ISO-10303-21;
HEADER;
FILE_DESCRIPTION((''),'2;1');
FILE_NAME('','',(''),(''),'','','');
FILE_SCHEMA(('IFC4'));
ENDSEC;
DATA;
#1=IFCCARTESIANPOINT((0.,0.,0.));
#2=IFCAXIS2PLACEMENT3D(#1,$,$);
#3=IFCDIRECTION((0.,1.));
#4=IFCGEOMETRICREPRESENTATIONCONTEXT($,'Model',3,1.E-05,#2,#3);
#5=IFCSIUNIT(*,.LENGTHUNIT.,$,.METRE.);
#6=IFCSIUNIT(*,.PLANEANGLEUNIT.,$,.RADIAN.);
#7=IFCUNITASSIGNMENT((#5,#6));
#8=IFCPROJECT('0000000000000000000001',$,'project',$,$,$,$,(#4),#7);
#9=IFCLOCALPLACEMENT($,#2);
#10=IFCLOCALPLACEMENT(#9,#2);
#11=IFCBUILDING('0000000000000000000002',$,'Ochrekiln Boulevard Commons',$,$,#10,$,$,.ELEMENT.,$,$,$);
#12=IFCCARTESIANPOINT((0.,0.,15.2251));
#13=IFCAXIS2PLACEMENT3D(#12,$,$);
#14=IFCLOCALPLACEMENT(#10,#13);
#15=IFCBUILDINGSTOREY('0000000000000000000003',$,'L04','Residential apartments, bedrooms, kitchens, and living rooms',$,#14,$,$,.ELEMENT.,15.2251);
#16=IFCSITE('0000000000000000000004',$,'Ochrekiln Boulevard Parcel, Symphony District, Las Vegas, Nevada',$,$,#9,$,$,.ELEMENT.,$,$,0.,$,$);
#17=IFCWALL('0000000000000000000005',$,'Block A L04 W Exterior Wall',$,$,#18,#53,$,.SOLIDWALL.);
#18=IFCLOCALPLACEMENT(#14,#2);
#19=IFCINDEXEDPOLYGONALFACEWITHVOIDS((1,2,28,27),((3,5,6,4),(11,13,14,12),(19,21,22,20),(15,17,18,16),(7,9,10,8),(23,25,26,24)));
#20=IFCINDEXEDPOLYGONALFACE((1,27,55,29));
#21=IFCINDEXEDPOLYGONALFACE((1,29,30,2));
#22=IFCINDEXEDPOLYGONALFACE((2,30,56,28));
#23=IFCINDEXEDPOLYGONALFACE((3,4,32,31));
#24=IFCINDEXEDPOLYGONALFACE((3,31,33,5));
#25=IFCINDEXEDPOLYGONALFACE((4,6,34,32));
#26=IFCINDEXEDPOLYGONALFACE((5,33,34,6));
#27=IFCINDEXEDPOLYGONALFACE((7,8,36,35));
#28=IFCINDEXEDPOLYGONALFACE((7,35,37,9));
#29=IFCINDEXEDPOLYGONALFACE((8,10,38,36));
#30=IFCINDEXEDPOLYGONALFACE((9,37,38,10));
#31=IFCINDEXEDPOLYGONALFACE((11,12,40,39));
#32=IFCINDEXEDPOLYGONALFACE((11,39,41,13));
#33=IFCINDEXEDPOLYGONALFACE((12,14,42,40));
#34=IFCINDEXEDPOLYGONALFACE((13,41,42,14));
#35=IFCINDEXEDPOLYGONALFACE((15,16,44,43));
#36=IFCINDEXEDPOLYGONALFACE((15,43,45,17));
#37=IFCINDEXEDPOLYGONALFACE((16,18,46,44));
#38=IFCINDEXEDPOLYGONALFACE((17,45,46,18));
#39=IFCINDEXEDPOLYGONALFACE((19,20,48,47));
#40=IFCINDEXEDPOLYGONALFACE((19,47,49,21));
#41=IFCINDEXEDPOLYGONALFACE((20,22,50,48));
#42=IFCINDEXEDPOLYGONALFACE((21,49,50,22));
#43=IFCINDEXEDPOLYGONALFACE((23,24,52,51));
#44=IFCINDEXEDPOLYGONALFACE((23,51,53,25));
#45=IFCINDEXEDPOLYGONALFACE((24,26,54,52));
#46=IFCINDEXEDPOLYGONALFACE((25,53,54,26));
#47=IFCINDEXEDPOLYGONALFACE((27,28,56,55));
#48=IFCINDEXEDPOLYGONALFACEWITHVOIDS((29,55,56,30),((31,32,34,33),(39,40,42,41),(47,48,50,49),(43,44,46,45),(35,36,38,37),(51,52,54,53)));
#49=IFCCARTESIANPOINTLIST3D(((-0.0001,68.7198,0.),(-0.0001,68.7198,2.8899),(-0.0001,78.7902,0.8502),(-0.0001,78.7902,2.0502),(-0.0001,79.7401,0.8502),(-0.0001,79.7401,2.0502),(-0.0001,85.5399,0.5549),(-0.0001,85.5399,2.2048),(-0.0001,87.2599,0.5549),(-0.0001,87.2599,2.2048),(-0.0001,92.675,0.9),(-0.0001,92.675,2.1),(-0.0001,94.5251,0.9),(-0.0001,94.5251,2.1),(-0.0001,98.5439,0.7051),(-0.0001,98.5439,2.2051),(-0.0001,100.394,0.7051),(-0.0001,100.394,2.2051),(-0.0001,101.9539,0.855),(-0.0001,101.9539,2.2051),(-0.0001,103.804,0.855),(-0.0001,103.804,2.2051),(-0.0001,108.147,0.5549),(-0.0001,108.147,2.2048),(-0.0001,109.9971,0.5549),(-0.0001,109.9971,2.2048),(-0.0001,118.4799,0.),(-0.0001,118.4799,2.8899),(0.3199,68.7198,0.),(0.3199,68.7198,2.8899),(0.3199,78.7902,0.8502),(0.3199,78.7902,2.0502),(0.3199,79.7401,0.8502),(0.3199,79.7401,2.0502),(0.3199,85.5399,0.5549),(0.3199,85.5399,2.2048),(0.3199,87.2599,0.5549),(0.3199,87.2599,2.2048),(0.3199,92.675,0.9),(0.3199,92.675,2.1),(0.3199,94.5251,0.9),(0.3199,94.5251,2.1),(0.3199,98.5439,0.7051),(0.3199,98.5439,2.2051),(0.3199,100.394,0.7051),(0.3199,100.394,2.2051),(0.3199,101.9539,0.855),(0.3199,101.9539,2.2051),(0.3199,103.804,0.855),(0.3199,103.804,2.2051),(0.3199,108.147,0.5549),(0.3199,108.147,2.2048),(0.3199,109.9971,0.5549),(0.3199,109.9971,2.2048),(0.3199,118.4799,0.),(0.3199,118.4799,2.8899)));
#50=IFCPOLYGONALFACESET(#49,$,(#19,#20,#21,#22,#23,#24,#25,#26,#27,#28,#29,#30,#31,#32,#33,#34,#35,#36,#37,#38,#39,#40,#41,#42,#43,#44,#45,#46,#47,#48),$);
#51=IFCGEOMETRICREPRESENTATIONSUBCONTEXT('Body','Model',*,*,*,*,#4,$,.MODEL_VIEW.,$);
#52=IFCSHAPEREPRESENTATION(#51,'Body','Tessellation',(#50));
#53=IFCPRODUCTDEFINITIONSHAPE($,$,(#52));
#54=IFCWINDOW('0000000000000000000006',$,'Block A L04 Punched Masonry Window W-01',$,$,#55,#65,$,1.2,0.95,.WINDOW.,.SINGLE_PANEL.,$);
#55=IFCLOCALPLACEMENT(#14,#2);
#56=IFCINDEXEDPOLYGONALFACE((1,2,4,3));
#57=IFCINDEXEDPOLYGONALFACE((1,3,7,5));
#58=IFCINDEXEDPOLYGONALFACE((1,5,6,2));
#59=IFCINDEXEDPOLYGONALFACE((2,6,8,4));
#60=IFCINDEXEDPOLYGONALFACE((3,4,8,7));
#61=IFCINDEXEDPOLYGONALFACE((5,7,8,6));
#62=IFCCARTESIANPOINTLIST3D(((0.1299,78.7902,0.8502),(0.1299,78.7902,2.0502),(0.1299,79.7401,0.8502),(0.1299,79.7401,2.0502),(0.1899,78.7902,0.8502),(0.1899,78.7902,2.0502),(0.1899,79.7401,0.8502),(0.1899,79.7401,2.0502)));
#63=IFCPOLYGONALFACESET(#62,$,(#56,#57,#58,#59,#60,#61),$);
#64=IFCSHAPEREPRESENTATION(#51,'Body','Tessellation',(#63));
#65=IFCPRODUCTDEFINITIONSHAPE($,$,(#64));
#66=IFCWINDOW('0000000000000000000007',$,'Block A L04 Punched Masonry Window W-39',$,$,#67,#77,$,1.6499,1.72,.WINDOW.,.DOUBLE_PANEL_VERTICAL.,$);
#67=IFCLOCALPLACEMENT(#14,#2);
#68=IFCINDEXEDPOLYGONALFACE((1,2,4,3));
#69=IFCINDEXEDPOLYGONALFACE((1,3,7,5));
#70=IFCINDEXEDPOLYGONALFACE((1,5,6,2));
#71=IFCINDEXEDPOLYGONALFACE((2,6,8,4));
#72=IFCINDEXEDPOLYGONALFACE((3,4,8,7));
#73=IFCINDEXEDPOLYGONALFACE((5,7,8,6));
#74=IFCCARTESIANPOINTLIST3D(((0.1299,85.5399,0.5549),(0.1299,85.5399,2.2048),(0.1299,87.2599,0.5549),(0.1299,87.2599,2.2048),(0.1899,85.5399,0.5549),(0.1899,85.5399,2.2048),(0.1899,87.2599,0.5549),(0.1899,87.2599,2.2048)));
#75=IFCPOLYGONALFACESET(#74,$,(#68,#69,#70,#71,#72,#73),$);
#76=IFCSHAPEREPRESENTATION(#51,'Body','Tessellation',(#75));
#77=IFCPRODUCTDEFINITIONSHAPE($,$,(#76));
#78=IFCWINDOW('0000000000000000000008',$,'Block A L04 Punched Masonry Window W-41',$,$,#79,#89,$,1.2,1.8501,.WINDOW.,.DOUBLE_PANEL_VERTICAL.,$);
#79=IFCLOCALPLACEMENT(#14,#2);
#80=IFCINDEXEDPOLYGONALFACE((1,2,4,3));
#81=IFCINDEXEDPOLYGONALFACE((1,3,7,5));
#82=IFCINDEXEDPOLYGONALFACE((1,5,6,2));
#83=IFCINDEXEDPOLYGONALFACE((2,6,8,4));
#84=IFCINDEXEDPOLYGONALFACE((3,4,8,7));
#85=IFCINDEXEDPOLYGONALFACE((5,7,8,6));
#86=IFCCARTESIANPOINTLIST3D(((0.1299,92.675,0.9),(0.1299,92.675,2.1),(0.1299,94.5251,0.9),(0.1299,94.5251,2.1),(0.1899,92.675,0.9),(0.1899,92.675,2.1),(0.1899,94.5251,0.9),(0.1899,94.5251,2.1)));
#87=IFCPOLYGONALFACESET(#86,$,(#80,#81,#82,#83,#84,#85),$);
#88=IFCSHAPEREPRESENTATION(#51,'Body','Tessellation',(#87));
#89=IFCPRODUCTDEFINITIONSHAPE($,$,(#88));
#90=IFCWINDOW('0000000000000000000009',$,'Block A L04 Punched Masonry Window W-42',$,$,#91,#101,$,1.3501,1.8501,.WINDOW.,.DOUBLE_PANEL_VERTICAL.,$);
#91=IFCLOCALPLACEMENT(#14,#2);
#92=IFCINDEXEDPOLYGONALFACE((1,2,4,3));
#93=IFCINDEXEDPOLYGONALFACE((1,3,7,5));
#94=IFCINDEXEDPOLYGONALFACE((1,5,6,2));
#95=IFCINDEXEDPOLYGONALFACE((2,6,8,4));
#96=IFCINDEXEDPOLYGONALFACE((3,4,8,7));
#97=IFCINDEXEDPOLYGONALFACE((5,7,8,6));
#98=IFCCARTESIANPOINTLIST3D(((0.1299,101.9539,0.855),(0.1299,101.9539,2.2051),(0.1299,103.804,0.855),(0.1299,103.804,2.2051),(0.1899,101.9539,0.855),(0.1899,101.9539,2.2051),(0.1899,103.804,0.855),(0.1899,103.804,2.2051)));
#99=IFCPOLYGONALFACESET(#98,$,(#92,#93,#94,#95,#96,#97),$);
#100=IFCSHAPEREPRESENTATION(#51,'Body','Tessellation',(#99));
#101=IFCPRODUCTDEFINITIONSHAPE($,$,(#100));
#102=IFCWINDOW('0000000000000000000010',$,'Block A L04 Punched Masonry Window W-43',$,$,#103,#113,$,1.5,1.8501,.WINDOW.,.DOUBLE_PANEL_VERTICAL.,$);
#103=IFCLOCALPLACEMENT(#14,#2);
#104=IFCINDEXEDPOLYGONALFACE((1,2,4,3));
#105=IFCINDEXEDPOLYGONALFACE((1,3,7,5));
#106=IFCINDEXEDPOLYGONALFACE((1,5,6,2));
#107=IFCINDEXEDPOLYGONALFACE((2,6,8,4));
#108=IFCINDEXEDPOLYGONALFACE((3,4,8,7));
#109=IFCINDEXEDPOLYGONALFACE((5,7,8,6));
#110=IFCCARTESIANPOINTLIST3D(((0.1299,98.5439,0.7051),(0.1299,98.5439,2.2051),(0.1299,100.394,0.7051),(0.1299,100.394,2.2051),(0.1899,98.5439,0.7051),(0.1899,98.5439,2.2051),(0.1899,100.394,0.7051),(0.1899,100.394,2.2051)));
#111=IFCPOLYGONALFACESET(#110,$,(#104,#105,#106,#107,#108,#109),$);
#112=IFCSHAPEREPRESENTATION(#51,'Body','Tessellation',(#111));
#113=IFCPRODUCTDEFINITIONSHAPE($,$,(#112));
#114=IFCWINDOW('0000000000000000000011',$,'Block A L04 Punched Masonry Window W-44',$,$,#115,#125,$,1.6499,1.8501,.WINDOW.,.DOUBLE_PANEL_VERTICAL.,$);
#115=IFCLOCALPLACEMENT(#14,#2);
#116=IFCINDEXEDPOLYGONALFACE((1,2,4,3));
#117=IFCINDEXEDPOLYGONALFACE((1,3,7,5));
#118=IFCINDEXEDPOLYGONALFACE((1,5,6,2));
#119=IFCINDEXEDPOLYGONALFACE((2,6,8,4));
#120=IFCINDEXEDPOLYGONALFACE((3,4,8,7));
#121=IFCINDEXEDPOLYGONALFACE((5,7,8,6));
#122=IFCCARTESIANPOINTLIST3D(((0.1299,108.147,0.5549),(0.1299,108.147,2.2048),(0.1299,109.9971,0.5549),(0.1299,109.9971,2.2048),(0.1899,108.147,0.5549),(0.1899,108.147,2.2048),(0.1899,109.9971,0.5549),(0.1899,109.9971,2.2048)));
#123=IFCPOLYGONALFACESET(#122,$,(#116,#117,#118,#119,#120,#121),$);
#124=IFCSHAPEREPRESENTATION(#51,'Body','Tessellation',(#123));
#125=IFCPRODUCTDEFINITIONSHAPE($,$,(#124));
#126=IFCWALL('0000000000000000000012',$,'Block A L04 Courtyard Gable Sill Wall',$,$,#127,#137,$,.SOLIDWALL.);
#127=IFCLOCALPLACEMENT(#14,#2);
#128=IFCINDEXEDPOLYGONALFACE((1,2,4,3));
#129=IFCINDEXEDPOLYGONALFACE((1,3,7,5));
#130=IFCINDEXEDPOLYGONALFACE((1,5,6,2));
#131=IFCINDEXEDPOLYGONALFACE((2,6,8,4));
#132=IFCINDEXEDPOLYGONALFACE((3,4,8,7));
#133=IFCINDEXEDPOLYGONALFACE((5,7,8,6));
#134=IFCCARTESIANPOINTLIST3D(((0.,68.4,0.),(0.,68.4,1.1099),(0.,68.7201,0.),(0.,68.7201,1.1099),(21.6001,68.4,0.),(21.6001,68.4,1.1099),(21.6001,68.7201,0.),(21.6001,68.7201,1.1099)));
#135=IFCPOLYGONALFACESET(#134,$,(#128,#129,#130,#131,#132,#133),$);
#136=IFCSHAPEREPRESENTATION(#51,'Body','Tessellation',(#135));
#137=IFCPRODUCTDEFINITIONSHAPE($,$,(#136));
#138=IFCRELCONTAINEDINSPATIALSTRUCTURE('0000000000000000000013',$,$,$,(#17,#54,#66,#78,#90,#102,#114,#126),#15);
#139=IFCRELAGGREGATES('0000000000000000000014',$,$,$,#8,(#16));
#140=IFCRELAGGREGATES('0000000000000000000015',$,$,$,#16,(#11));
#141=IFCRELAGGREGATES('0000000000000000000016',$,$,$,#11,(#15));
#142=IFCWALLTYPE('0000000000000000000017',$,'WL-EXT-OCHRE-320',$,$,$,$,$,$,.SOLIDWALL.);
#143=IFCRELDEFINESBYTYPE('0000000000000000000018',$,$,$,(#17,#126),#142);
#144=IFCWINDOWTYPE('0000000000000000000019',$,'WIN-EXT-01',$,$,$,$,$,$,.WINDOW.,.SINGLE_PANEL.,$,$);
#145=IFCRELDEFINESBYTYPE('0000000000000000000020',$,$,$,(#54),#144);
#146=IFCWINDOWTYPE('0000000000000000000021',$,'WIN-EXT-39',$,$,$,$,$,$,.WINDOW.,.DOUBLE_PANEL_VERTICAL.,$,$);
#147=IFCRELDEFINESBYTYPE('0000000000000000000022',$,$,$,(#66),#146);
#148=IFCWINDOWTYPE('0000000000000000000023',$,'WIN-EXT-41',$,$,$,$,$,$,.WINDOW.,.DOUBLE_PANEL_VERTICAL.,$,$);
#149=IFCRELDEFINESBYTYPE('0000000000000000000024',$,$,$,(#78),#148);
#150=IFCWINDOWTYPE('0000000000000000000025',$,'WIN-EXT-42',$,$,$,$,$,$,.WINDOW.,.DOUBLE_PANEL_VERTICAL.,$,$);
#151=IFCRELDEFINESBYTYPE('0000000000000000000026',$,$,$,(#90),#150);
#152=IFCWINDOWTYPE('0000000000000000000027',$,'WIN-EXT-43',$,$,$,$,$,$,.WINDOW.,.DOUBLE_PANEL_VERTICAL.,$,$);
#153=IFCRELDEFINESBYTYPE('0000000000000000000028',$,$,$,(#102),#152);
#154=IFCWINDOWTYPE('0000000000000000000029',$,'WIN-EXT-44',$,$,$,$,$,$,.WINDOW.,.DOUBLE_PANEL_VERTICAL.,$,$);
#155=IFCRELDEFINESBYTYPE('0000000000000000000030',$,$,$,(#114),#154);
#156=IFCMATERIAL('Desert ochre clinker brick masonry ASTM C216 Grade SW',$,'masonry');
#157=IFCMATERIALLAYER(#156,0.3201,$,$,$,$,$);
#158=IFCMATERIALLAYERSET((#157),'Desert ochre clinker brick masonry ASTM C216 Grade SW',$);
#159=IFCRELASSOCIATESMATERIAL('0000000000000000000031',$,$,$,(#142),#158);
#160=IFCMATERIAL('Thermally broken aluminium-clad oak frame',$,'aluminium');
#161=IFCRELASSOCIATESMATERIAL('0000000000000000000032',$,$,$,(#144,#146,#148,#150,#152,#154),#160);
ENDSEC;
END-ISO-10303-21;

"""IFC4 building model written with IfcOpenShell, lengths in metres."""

from ifc_helpers import new_model, si_unit, direction, frame, frame_2d, origin, place, context, subcontext, project, spatial, rectangle, extrude, material, layer, layer_set, type_object, element, fill, save


model = new_model("IFC4")

# Units and contexts
model_context = context("Model", 3, precision=1e-05, world=origin(), true_north=direction((0.0, 1.0)))
body_context = subcontext(model_context, "Body", "Model", "MODEL_VIEW")
ifc_project = project(units=[si_unit("LENGTHUNIT", "METRE"), si_unit("PLANEANGLEUNIT", "RADIAN")], contexts=[model_context])

# Site, building, storey
site_placement = place(None, origin())
site = spatial("IfcSite", under=ifc_project, at=site_placement, Name="Ochrekiln Boulevard Parcel, Symphony District, Las Vegas, Nevada", CompositionType="ELEMENT", RefElevation=0.0)
building_placement = place(site_placement, origin())
building = spatial("IfcBuilding", under=site, at=building_placement, Name="Ochrekiln Boulevard Commons", CompositionType="ELEMENT")
storey_placement = place(building_placement, frame((0.0, 0.0, 15.2251)))
storey = spatial("IfcBuildingStorey", under=building, at=storey_placement, Name="L04", Description="Residential apartments, bedrooms, kitchens, and living rooms", CompositionType="ELEMENT", Elevation=15.2251)

# Wall, openings, windows
ifc_material_1 = material(Name="Desert ochre clinker brick masonry ASTM C216 Grade SW", Category="masonry")
ifc_layer_1 = layer(ifc_material_1, 0.3201)
ifc_layer_set_1 = layer_set([ifc_layer_1], Name="Desert ochre clinker brick masonry ASTM C216 Grade SW")
wall_type = type_object("IfcWallType", Name="WL-EXT-OCHRE-320", PredefinedType="SOLIDWALL", material=ifc_layer_set_1)
wall_1_placement = place(storey_placement, frame((0.1599, 68.72, 0.0), z_axis=(0.0, 0.0, 1.0), x_axis=(0.0, 1.0, 0.0)))
wall_1 = element("IfcWall", 1, at=wall_1_placement, inside=storey, type_object=wall_type, Name="Block A L04 W Exterior Wall", PredefinedType="SOLIDWALL", context=body_context, shape_type="SweptSolid", body=[
    extrude(rectangle(XDim=49.76, YDim=0.3201, at=frame_2d((24.8799, 0.0))), origin(), (0.0, 0.0, 1.0), 2.8899),
])
opening_1_placement = place(wall_1_placement, frame((16.8201, 0.0, 0.5549)))
opening_1 = element("IfcOpeningElement", 2, at=opening_1_placement, cuts=wall_1, PredefinedType="OPENING", context=body_context, shape_type="SweptSolid", body=[
    extrude(rectangle(XDim=1.72, YDim=1.6499, at=frame_2d((0.8599, 0.825))), frame((0.0, 0.1699, 0.0), z_axis=(0.0, -1.0, 0.0), x_axis=(1.0, 0.0, 0.0)), (0.0, 0.0, 1.0), 0.3401),
])
opening_2_placement = place(wall_1_placement, frame((10.0701, 0.0, 0.8501)))
opening_2 = element("IfcOpeningElement", 3, at=opening_2_placement, cuts=wall_1, PredefinedType="OPENING", context=body_context, shape_type="SweptSolid", body=[
    extrude(rectangle(XDim=0.95, YDim=1.2, at=frame_2d((0.4751, 0.6001))), frame((0.0, 0.1699, 0.0), z_axis=(0.0, -1.0, 0.0), x_axis=(1.0, 0.0, 0.0)), (0.0, 0.0, 1.0), 0.3401),
])
opening_3_placement = place(wall_1_placement, frame((23.9551, 0.0, 0.8999)))
opening_3 = element("IfcOpeningElement", 4, at=opening_3_placement, cuts=wall_1, PredefinedType="OPENING", context=body_context, shape_type="SweptSolid", body=[
    extrude(rectangle(XDim=1.8501, YDim=1.2, at=frame_2d((0.925, 0.6001))), frame((0.0, 0.1699, 0.0), z_axis=(0.0, -1.0, 0.0), x_axis=(1.0, 0.0, 0.0)), (0.0, 0.0, 1.0), 0.3401),
])
opening_4_placement = place(wall_1_placement, frame((33.2339, 0.0, 0.855)))
opening_4 = element("IfcOpeningElement", 5, at=opening_4_placement, cuts=wall_1, PredefinedType="OPENING", context=body_context, shape_type="SweptSolid", body=[
    extrude(rectangle(XDim=1.8501, YDim=1.3501, at=frame_2d((0.925, 0.675))), frame((0.0, 0.1699, 0.0), z_axis=(0.0, -1.0, 0.0), x_axis=(1.0, 0.0, 0.0)), (0.0, 0.0, 1.0), 0.3401),
])
opening_5_placement = place(wall_1_placement, frame((29.824, 0.0, 0.7051)))
opening_5 = element("IfcOpeningElement", 6, at=opening_5_placement, cuts=wall_1, PredefinedType="OPENING", context=body_context, shape_type="SweptSolid", body=[
    extrude(rectangle(XDim=1.8501, YDim=1.5, at=frame_2d((0.925, 0.75))), frame((0.0, 0.1699, 0.0), z_axis=(0.0, -1.0, 0.0), x_axis=(1.0, 0.0, 0.0)), (0.0, 0.0, 1.0), 0.3401),
])
opening_6_placement = place(wall_1_placement, frame((39.427, 0.0, 0.5549)))
opening_6 = element("IfcOpeningElement", 7, at=opening_6_placement, cuts=wall_1, PredefinedType="OPENING", context=body_context, shape_type="SweptSolid", body=[
    extrude(rectangle(XDim=1.8501, YDim=1.6499, at=frame_2d((0.925, 0.825))), frame((0.0, 0.1699, 0.0), z_axis=(0.0, -1.0, 0.0), x_axis=(1.0, 0.0, 0.0)), (0.0, 0.0, 1.0), 0.3401),
])
ifc_material_2 = material(Name="Thermally broken aluminium-clad oak frame", Category="aluminium")
window_type_1 = type_object("IfcWindowType", Name="WIN-EXT-01", PartitioningType="SINGLE_PANEL", PredefinedType="WINDOW", material=ifc_material_2)
window_1_placement = place(opening_2_placement, origin())
window_1 = element("IfcWindow", 8, at=window_1_placement, inside=storey, type_object=window_type_1, Name="Block A L04 Punched Masonry Window W-01", OverallHeight=1.2, OverallWidth=0.95, PartitioningType="SINGLE_PANEL", PredefinedType="WINDOW", context=body_context, shape_type="SweptSolid", body=[
    extrude(rectangle(XDim=0.95, YDim=1.2, at=frame_2d((0.4751, 0.6001))), frame((0.0, 0.03, 0.0), z_axis=(0.0, -1.0, 0.0), x_axis=(1.0, 0.0, 0.0)), (0.0, 0.0, 1.0), 0.0601),
])
fill(opening_2, window_1)
window_type_2 = type_object("IfcWindowType", Name="WIN-EXT-39", PartitioningType="DOUBLE_PANEL_VERTICAL", PredefinedType="WINDOW", material=ifc_material_2)
window_2_placement = place(opening_1_placement, origin())
window_2 = element("IfcWindow", 9, at=window_2_placement, inside=storey, type_object=window_type_2, Name="Block A L04 Punched Masonry Window W-39", OverallHeight=1.6499, OverallWidth=1.72, PartitioningType="DOUBLE_PANEL_VERTICAL", PredefinedType="WINDOW", context=body_context, shape_type="SweptSolid", body=[
    extrude(rectangle(XDim=1.72, YDim=1.6499, at=frame_2d((0.8599, 0.825))), frame((0.0, 0.03, 0.0), z_axis=(0.0, -1.0, 0.0), x_axis=(1.0, 0.0, 0.0)), (0.0, 0.0, 1.0), 0.0601),
])
fill(opening_1, window_2)
window_type_3 = type_object("IfcWindowType", Name="WIN-EXT-41", PartitioningType="DOUBLE_PANEL_VERTICAL", PredefinedType="WINDOW", material=ifc_material_2)
window_3_placement = place(opening_3_placement, origin())
window_3 = element("IfcWindow", 10, at=window_3_placement, inside=storey, type_object=window_type_3, Name="Block A L04 Punched Masonry Window W-41", OverallHeight=1.2, OverallWidth=1.8501, PartitioningType="DOUBLE_PANEL_VERTICAL", PredefinedType="WINDOW", context=body_context, shape_type="SweptSolid", body=[
    extrude(rectangle(XDim=1.8501, YDim=1.2, at=frame_2d((0.925, 0.6001))), frame((0.0, 0.03, 0.0), z_axis=(0.0, -1.0, 0.0), x_axis=(1.0, 0.0, 0.0)), (0.0, 0.0, 1.0), 0.0601),
])
fill(opening_3, window_3)
window_type_4 = type_object("IfcWindowType", Name="WIN-EXT-42", PartitioningType="DOUBLE_PANEL_VERTICAL", PredefinedType="WINDOW", material=ifc_material_2)
window_4_placement = place(opening_4_placement, origin())
window_4 = element("IfcWindow", 11, at=window_4_placement, inside=storey, type_object=window_type_4, Name="Block A L04 Punched Masonry Window W-42", OverallHeight=1.3501, OverallWidth=1.8501, PartitioningType="DOUBLE_PANEL_VERTICAL", PredefinedType="WINDOW", context=body_context, shape_type="SweptSolid", body=[
    extrude(rectangle(XDim=1.8501, YDim=1.3501, at=frame_2d((0.925, 0.675))), frame((0.0, 0.03, 0.0), z_axis=(0.0, -1.0, 0.0), x_axis=(1.0, 0.0, 0.0)), (0.0, 0.0, 1.0), 0.0601),
])
fill(opening_4, window_4)
window_type_5 = type_object("IfcWindowType", Name="WIN-EXT-43", PartitioningType="DOUBLE_PANEL_VERTICAL", PredefinedType="WINDOW", material=ifc_material_2)
window_5_placement = place(opening_5_placement, origin())
window_5 = element("IfcWindow", 12, at=window_5_placement, inside=storey, type_object=window_type_5, Name="Block A L04 Punched Masonry Window W-43", OverallHeight=1.5, OverallWidth=1.8501, PartitioningType="DOUBLE_PANEL_VERTICAL", PredefinedType="WINDOW", context=body_context, shape_type="SweptSolid", body=[
    extrude(rectangle(XDim=1.8501, YDim=1.5, at=frame_2d((0.925, 0.75))), frame((0.0, 0.03, 0.0), z_axis=(0.0, -1.0, 0.0), x_axis=(1.0, 0.0, 0.0)), (0.0, 0.0, 1.0), 0.0601),
])
fill(opening_5, window_5)
window_type_6 = type_object("IfcWindowType", Name="WIN-EXT-44", PartitioningType="DOUBLE_PANEL_VERTICAL", PredefinedType="WINDOW", material=ifc_material_2)
window_6_placement = place(opening_6_placement, origin())
window_6 = element("IfcWindow", 13, at=window_6_placement, inside=storey, type_object=window_type_6, Name="Block A L04 Punched Masonry Window W-44", OverallHeight=1.6499, OverallWidth=1.8501, PartitioningType="DOUBLE_PANEL_VERTICAL", PredefinedType="WINDOW", context=body_context, shape_type="SweptSolid", body=[
    extrude(rectangle(XDim=1.8501, YDim=1.6499, at=frame_2d((0.925, 0.825))), frame((0.0, 0.03, 0.0), z_axis=(0.0, -1.0, 0.0), x_axis=(1.0, 0.0, 0.0)), (0.0, 0.0, 1.0), 0.0601),
])
fill(opening_6, window_6)

# Wall
wall_2_placement = place(storey_placement, frame((0.0, 68.5601, 0.0), z_axis=(0.0, 0.0, 1.0), x_axis=(1.0, 0.0, 0.0)))
element("IfcWall", 14, at=wall_2_placement, inside=storey, type_object=wall_type, Name="Block A L04 Courtyard Gable Sill Wall", PredefinedType="SOLIDWALL", context=body_context, shape_type="SweptSolid", body=[
    extrude(rectangle(XDim=21.6001, YDim=0.3201, at=frame_2d((10.8, 0.0))), origin(), (0.0, 0.0, 1.0), 1.1099),
])

save(model, "model.ifc")
